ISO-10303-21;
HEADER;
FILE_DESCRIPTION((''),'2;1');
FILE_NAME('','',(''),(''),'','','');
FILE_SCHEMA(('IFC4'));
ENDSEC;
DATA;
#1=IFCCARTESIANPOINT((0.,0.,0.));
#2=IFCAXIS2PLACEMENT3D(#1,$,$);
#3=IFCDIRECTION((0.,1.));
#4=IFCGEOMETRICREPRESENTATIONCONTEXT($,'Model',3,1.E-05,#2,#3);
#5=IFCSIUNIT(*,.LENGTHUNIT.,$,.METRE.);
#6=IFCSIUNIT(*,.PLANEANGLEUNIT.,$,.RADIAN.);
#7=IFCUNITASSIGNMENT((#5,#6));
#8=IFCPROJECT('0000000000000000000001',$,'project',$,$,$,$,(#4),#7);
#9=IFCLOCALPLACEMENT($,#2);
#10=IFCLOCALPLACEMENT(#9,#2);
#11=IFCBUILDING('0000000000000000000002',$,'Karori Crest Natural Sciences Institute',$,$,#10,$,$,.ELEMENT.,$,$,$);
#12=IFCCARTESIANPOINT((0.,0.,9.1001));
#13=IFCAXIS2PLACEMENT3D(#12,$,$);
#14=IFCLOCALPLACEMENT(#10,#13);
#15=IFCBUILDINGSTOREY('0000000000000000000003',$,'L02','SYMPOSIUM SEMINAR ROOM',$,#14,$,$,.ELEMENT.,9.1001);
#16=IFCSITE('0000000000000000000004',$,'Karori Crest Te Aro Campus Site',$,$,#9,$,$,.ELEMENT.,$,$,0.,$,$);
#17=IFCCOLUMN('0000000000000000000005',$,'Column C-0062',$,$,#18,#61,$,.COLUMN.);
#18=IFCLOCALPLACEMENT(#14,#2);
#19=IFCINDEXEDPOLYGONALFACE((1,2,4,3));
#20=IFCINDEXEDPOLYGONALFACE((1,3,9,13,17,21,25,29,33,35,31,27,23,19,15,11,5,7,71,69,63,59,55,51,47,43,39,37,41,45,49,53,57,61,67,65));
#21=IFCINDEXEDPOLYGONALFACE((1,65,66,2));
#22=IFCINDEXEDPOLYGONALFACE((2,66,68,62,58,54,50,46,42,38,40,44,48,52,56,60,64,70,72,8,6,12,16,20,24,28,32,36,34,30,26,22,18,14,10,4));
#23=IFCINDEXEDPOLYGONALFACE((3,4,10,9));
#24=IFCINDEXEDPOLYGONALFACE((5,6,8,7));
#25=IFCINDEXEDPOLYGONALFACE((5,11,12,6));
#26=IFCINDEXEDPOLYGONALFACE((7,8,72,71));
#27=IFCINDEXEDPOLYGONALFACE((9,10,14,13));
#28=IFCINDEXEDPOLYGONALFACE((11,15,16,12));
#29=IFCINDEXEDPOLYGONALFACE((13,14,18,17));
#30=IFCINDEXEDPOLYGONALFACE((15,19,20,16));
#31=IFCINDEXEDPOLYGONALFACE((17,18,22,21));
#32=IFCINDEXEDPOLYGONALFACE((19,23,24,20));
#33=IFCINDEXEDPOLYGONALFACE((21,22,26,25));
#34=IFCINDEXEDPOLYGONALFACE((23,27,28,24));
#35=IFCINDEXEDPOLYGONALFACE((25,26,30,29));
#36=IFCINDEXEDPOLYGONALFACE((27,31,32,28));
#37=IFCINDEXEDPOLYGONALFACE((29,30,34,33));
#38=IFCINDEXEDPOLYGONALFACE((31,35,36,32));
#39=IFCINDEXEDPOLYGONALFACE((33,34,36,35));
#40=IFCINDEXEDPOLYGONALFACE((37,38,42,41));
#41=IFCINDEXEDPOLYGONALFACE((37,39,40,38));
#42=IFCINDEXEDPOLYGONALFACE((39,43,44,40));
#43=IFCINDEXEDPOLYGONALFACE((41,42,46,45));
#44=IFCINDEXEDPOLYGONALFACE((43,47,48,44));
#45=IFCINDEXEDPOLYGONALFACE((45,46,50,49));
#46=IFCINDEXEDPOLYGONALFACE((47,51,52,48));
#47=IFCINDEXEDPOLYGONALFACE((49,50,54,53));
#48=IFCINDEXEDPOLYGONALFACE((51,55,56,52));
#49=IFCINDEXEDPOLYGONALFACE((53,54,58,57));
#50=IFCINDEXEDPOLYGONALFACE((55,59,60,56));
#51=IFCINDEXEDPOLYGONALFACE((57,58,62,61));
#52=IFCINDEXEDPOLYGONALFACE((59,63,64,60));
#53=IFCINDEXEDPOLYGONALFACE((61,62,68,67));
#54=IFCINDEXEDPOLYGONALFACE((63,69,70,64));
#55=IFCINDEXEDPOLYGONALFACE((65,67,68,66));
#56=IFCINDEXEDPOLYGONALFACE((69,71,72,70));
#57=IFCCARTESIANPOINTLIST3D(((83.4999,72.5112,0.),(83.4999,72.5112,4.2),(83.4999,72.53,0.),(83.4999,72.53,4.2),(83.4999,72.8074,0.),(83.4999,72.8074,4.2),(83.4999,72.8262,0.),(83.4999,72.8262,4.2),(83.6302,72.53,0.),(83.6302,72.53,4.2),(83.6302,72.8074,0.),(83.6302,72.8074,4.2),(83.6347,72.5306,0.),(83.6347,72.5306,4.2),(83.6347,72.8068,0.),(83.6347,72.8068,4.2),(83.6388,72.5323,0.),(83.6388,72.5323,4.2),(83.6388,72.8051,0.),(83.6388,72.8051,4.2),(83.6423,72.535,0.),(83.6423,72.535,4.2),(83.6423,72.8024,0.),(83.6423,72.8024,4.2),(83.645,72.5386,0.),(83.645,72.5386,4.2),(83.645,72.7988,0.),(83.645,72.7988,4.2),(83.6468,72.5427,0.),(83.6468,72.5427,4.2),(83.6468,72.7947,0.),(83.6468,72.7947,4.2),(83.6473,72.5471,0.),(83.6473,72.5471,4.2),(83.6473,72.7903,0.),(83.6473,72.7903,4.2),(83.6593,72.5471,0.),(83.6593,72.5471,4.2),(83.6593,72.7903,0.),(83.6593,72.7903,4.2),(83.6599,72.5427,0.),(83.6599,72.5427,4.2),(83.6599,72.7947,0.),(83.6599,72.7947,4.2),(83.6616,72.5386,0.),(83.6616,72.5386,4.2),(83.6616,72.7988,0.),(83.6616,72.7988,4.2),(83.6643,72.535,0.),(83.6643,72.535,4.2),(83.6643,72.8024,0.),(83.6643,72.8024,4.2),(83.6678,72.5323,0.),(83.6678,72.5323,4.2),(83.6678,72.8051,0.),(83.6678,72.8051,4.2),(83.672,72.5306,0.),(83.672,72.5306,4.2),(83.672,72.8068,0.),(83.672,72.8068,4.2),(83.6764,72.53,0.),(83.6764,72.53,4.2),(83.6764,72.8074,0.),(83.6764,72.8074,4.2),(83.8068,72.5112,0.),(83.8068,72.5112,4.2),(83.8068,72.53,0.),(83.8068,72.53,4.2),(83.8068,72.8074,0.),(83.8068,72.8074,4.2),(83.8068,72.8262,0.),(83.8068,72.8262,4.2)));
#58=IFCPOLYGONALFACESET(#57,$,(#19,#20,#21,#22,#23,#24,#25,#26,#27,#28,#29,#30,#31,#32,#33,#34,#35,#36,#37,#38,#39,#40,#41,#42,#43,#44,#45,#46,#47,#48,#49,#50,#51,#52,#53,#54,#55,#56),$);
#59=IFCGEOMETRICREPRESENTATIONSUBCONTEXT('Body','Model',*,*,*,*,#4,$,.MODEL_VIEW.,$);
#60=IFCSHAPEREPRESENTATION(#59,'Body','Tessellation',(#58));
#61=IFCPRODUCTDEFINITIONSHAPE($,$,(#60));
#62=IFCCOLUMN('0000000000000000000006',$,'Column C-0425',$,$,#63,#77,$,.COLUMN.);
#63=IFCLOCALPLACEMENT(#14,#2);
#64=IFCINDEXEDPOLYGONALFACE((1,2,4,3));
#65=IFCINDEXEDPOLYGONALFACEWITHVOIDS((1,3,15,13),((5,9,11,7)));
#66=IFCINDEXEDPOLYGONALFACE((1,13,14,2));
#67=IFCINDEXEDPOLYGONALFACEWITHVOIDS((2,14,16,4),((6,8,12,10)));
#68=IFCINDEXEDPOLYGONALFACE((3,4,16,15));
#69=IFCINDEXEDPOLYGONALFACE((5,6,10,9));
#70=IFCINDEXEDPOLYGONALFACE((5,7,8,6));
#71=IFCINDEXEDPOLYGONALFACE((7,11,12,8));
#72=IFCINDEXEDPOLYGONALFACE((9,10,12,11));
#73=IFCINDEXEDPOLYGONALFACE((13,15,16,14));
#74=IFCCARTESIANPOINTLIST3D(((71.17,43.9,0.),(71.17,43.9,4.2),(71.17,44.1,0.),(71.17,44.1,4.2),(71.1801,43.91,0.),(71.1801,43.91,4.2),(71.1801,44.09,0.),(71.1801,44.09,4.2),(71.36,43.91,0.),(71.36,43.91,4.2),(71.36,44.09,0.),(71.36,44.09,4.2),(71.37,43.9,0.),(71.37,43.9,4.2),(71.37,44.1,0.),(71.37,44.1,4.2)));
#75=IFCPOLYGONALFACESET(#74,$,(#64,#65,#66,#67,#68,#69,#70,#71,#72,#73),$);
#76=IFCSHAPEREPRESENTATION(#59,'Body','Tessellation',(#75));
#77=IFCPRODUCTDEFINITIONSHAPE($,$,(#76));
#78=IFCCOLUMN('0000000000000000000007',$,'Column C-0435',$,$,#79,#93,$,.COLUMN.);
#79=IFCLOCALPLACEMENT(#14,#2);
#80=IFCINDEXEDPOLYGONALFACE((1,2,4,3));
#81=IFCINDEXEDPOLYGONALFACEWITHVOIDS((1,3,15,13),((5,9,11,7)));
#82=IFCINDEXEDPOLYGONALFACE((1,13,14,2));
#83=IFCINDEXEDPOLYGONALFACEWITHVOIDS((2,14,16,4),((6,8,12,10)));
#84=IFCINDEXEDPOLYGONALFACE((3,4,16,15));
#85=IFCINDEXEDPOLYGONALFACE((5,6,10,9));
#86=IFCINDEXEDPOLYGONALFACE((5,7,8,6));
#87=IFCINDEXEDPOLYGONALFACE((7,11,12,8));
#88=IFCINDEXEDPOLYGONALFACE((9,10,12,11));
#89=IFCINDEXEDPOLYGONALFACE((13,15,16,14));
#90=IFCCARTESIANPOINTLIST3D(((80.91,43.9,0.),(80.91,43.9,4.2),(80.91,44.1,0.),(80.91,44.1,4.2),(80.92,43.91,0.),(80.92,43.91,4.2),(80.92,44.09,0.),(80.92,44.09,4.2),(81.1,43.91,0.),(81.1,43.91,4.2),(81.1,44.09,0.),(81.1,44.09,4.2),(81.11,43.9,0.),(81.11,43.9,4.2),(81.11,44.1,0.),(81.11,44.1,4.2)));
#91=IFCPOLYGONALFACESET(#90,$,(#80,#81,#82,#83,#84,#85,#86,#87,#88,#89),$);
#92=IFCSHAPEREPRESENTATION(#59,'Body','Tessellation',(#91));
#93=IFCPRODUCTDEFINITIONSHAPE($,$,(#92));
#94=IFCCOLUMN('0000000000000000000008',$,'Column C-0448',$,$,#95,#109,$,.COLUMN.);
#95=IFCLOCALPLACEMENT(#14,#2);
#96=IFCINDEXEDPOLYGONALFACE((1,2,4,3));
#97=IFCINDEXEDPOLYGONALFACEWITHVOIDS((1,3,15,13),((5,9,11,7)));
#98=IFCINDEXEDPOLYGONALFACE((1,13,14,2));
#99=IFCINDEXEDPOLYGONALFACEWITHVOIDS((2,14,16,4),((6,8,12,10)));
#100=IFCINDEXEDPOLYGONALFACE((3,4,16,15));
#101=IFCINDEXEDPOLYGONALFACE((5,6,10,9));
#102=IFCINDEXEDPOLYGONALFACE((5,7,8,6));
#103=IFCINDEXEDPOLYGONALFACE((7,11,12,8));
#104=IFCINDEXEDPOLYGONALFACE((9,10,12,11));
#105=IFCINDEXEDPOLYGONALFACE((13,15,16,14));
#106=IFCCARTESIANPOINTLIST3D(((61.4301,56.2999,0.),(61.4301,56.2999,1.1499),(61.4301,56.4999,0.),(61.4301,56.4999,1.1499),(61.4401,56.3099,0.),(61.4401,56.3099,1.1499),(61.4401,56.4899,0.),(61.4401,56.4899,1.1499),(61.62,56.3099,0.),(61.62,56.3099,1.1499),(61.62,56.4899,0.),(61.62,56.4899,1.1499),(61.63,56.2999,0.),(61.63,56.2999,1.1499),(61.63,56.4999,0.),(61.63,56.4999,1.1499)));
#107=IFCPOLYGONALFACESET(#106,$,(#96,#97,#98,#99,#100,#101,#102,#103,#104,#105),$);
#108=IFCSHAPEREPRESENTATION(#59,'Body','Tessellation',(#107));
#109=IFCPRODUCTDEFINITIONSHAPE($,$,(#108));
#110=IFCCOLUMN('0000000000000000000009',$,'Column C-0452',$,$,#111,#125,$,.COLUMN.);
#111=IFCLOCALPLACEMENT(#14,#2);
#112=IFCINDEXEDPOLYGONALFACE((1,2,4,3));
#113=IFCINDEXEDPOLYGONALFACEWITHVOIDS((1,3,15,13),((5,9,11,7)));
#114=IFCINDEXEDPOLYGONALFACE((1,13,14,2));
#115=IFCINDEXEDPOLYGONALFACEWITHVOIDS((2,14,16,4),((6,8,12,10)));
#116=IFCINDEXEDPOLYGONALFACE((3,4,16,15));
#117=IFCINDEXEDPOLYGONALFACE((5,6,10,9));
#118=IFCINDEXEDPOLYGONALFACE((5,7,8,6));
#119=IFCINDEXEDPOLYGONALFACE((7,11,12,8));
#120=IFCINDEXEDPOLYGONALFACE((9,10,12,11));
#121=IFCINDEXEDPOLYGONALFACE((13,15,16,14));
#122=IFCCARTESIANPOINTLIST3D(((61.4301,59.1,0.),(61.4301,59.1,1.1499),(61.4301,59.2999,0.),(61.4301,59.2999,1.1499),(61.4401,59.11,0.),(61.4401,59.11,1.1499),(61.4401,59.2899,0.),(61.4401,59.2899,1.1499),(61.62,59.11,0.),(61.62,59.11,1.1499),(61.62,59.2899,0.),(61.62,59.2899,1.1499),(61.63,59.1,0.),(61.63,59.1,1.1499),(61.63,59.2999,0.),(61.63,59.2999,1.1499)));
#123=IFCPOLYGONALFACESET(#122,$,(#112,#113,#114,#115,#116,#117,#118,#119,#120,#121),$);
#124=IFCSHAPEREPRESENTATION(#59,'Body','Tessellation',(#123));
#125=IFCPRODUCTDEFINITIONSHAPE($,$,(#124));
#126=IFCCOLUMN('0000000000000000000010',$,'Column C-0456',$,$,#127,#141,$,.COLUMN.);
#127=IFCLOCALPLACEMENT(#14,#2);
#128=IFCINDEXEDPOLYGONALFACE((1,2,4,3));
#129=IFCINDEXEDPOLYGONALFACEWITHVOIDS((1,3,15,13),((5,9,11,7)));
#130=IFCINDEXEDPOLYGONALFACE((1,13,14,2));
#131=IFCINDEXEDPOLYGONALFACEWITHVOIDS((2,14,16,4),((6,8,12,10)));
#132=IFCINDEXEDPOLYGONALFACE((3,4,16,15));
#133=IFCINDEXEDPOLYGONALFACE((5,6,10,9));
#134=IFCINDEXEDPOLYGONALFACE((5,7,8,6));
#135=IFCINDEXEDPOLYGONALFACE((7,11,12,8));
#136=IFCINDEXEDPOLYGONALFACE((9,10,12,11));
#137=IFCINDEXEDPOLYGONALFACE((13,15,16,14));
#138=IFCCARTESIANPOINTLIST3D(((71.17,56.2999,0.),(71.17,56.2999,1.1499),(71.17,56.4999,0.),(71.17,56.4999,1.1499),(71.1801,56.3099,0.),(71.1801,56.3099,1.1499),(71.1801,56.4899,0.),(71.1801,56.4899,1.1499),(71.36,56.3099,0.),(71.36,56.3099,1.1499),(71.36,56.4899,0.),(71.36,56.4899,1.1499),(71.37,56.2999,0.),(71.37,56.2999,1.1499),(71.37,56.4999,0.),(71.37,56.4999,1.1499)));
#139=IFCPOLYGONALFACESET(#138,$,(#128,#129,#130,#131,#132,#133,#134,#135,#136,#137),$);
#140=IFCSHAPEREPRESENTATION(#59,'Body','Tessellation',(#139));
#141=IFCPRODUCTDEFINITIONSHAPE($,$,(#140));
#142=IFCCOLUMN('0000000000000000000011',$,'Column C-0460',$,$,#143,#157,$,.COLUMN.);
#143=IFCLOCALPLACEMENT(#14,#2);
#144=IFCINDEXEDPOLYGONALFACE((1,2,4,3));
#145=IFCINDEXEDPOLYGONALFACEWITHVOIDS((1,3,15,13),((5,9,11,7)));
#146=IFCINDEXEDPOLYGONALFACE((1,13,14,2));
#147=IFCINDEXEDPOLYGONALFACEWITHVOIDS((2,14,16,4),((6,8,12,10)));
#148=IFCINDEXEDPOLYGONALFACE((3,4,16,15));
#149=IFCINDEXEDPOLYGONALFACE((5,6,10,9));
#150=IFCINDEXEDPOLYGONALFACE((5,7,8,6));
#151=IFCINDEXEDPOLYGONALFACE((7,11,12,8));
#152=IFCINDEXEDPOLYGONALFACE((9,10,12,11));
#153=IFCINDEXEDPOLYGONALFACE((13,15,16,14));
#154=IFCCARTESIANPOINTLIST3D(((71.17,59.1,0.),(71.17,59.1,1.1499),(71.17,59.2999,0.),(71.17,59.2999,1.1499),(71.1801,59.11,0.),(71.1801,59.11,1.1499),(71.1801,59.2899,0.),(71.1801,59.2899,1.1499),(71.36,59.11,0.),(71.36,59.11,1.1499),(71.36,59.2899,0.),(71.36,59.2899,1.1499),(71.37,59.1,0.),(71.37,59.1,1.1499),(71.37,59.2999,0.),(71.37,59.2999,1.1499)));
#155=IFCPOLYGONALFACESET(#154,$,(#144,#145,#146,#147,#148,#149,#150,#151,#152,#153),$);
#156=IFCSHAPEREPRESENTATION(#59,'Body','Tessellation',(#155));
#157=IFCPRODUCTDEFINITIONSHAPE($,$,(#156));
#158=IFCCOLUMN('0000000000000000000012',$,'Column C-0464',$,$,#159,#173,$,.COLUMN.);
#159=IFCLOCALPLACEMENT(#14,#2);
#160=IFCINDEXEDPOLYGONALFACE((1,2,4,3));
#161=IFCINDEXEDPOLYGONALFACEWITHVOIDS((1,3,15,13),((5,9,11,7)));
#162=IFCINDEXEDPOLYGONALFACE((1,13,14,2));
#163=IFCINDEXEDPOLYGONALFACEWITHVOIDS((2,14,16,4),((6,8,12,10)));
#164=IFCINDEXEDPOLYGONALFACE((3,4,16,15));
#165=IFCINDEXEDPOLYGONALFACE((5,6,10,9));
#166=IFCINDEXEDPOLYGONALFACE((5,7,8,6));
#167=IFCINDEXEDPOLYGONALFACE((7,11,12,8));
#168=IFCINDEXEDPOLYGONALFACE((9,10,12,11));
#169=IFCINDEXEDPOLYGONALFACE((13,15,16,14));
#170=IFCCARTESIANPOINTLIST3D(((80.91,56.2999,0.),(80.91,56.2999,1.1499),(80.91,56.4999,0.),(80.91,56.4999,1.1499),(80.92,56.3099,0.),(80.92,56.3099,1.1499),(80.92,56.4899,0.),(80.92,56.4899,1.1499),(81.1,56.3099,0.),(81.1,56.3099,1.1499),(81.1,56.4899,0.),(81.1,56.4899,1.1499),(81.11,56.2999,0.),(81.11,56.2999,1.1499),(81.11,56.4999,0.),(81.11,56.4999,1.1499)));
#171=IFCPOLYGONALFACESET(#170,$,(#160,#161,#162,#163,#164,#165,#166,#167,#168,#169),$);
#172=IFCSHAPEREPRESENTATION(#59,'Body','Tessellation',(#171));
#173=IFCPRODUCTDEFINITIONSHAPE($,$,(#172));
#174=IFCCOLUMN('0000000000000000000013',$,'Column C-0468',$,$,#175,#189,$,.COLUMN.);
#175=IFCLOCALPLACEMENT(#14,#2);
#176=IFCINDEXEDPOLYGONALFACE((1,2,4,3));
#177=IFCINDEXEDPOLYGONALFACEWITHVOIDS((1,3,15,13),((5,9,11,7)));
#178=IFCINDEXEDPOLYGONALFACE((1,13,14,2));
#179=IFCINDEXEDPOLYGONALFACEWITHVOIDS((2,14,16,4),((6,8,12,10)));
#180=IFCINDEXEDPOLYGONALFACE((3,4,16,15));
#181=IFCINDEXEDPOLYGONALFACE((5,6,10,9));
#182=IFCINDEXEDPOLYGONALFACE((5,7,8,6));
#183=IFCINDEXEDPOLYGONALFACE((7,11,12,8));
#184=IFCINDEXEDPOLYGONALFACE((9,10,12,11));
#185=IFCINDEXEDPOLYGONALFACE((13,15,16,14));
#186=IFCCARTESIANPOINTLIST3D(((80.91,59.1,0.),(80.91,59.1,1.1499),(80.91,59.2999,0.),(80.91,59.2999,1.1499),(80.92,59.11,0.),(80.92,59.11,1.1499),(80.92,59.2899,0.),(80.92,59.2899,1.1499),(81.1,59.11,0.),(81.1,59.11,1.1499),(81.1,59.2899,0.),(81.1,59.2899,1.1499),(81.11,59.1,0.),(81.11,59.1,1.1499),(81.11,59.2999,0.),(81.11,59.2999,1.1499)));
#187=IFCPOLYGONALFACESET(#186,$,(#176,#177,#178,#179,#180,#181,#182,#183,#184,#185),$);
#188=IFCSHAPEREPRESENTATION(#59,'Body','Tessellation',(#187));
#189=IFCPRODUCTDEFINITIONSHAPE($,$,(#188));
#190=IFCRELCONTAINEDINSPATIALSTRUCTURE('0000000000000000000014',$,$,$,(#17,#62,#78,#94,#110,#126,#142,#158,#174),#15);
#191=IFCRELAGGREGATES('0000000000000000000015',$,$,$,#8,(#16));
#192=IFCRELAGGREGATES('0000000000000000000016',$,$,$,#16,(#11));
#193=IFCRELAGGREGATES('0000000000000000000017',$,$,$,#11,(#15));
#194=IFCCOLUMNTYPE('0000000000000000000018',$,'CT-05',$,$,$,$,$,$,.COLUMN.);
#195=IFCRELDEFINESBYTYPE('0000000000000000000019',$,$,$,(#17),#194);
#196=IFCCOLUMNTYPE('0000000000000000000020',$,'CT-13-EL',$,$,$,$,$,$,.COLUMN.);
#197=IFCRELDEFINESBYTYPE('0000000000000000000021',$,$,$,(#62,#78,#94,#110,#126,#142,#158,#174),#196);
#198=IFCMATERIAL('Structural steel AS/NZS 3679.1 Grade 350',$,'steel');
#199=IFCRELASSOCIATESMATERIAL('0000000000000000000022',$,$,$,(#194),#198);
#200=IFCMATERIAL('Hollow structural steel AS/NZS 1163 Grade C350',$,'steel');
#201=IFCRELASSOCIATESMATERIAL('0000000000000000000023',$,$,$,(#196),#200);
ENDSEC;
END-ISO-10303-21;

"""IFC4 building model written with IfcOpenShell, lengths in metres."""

from ifc_helpers import new_model, si_unit, direction, frame, origin, origin_2d, place, context, subcontext, project, spatial, hollow_rectangle, i_section, extrude, material, material_profile, profile_set, type_object, element, save


model = new_model("IFC4")

# Units and contexts
model_context = context("Model", 3, precision=1e-05, world=origin(), true_north=direction((0.0, 1.0)))
body_context = subcontext(model_context, "Body", "Model", "MODEL_VIEW")
ifc_project = project(units=[si_unit("LENGTHUNIT", "METRE"), si_unit("PLANEANGLEUNIT", "RADIAN")], contexts=[model_context])

# Site, building, storey
site_placement = place(None, origin())
site = spatial("IfcSite", under=ifc_project, at=site_placement, Name="Karori Crest Te Aro Campus Site", CompositionType="ELEMENT", RefElevation=0.0)
building_placement = place(site_placement, origin())
building = spatial("IfcBuilding", under=site, at=building_placement, Name="Karori Crest Natural Sciences Institute", CompositionType="ELEMENT")
storey_placement = place(building_placement, frame((0.0, 0.0, 9.1001)))
storey = spatial("IfcBuildingStorey", under=building, at=storey_placement, Name="L02", Description="SYMPOSIUM SEMINAR ROOM", CompositionType="ELEMENT", Elevation=9.1001)

# Columns
ifc_material_1 = material(Name="Structural steel AS/NZS 3679.1 Grade 350", Category="steel")
ifc_material_profile_1 = material_profile(ifc_material_1, i_section(OverallWidth=0.3069, OverallDepth=0.3149, WebThickness=0.012, FlangeThickness=0.0188, FilletRadius=0.0171, at=origin_2d()), Name="310UC118")
ifc_profile_set_1 = profile_set([ifc_material_profile_1], Name="Structural steel AS/NZS 3679.1 Grade 350")
column_type_1 = type_object("IfcColumnType", Name="CT-05", PredefinedType="COLUMN", material=ifc_profile_set_1)
column_1_placement = place(storey_placement, frame((83.6533, 72.6687, 0.0), z_axis=(0.0, 0.0, 1.0), x_axis=(1.0, 0.0, 0.0)))
element("IfcColumn", 1, at=column_1_placement, inside=storey, type_object=column_type_1, Name="Column C-0062", PredefinedType="COLUMN", context=body_context, shape_type="SweptSolid", body=[
    extrude(i_section(OverallWidth=0.3069, OverallDepth=0.3149, WebThickness=0.012, FlangeThickness=0.0188, FilletRadius=0.0171, at=origin_2d()), origin(), (0.0, 0.0, 1.0), 4.2),
])
ifc_material_2 = material(Name="Hollow structural steel AS/NZS 1163 Grade C350", Category="steel")
ifc_material_profile_2 = material_profile(ifc_material_2, hollow_rectangle(XDim=0.2, YDim=0.2, WallThickness=0.01, at=origin_2d()), Name="SHS200x200x10")
ifc_profile_set_2 = profile_set([ifc_material_profile_2], Name="Hollow structural steel AS/NZS 1163 Grade C350")
column_type_2 = type_object("IfcColumnType", Name="CT-13-EL", PredefinedType="COLUMN", material=ifc_profile_set_2)
for number, where, z_axis, x_axis, name in (
    (2, (71.27, 44.0, 0.0), (0.0, 0.0, 1.0), (1.0, 0.0, 0.0), "Column C-0425"),
    (3, (81.01, 44.0, 0.0), (0.0, 0.0, 1.0), (1.0, 0.0, 0.0), "Column C-0435"),
):
    element("IfcColumn", number, at=place(storey_placement, frame(where, z_axis=z_axis, x_axis=x_axis)), inside=storey, type_object=column_type_2, Name=name, PredefinedType="COLUMN", context=body_context, shape_type="SweptSolid", body=[
        extrude(hollow_rectangle(XDim=0.2, YDim=0.2, WallThickness=0.01, at=origin_2d()), origin(), (0.0, 0.0, 1.0), 4.2),
    ])
for number, where, z_axis, x_axis, name in (
    (4, (61.53, 56.3999, 0.0), (0.0, 0.0, 1.0), (1.0, 0.0, 0.0), "Column C-0448"),
    (5, (61.53, 59.2, 0.0), (0.0, 0.0, 1.0), (1.0, 0.0, 0.0), "Column C-0452"),
    (6, (71.27, 56.3999, 0.0), (0.0, 0.0, 1.0), (1.0, 0.0, 0.0), "Column C-0456"),
    (7, (71.27, 59.2, 0.0), (0.0, 0.0, 1.0), (1.0, 0.0, 0.0), "Column C-0460"),
    (8, (81.01, 56.3999, 0.0), (0.0, 0.0, 1.0), (1.0, 0.0, 0.0), "Column C-0464"),
    (9, (81.01, 59.2, 0.0), (0.0, 0.0, 1.0), (1.0, 0.0, 0.0), "Column C-0468"),
):
    element("IfcColumn", number, at=place(storey_placement, frame(where, z_axis=z_axis, x_axis=x_axis)), inside=storey, type_object=column_type_2, Name=name, PredefinedType="COLUMN", context=body_context, shape_type="SweptSolid", body=[
        extrude(hollow_rectangle(XDim=0.2, YDim=0.2, WallThickness=0.01, at=origin_2d()), origin(), (0.0, 0.0, 1.0), 1.1499),
    ])

save(model, "model.ifc")
